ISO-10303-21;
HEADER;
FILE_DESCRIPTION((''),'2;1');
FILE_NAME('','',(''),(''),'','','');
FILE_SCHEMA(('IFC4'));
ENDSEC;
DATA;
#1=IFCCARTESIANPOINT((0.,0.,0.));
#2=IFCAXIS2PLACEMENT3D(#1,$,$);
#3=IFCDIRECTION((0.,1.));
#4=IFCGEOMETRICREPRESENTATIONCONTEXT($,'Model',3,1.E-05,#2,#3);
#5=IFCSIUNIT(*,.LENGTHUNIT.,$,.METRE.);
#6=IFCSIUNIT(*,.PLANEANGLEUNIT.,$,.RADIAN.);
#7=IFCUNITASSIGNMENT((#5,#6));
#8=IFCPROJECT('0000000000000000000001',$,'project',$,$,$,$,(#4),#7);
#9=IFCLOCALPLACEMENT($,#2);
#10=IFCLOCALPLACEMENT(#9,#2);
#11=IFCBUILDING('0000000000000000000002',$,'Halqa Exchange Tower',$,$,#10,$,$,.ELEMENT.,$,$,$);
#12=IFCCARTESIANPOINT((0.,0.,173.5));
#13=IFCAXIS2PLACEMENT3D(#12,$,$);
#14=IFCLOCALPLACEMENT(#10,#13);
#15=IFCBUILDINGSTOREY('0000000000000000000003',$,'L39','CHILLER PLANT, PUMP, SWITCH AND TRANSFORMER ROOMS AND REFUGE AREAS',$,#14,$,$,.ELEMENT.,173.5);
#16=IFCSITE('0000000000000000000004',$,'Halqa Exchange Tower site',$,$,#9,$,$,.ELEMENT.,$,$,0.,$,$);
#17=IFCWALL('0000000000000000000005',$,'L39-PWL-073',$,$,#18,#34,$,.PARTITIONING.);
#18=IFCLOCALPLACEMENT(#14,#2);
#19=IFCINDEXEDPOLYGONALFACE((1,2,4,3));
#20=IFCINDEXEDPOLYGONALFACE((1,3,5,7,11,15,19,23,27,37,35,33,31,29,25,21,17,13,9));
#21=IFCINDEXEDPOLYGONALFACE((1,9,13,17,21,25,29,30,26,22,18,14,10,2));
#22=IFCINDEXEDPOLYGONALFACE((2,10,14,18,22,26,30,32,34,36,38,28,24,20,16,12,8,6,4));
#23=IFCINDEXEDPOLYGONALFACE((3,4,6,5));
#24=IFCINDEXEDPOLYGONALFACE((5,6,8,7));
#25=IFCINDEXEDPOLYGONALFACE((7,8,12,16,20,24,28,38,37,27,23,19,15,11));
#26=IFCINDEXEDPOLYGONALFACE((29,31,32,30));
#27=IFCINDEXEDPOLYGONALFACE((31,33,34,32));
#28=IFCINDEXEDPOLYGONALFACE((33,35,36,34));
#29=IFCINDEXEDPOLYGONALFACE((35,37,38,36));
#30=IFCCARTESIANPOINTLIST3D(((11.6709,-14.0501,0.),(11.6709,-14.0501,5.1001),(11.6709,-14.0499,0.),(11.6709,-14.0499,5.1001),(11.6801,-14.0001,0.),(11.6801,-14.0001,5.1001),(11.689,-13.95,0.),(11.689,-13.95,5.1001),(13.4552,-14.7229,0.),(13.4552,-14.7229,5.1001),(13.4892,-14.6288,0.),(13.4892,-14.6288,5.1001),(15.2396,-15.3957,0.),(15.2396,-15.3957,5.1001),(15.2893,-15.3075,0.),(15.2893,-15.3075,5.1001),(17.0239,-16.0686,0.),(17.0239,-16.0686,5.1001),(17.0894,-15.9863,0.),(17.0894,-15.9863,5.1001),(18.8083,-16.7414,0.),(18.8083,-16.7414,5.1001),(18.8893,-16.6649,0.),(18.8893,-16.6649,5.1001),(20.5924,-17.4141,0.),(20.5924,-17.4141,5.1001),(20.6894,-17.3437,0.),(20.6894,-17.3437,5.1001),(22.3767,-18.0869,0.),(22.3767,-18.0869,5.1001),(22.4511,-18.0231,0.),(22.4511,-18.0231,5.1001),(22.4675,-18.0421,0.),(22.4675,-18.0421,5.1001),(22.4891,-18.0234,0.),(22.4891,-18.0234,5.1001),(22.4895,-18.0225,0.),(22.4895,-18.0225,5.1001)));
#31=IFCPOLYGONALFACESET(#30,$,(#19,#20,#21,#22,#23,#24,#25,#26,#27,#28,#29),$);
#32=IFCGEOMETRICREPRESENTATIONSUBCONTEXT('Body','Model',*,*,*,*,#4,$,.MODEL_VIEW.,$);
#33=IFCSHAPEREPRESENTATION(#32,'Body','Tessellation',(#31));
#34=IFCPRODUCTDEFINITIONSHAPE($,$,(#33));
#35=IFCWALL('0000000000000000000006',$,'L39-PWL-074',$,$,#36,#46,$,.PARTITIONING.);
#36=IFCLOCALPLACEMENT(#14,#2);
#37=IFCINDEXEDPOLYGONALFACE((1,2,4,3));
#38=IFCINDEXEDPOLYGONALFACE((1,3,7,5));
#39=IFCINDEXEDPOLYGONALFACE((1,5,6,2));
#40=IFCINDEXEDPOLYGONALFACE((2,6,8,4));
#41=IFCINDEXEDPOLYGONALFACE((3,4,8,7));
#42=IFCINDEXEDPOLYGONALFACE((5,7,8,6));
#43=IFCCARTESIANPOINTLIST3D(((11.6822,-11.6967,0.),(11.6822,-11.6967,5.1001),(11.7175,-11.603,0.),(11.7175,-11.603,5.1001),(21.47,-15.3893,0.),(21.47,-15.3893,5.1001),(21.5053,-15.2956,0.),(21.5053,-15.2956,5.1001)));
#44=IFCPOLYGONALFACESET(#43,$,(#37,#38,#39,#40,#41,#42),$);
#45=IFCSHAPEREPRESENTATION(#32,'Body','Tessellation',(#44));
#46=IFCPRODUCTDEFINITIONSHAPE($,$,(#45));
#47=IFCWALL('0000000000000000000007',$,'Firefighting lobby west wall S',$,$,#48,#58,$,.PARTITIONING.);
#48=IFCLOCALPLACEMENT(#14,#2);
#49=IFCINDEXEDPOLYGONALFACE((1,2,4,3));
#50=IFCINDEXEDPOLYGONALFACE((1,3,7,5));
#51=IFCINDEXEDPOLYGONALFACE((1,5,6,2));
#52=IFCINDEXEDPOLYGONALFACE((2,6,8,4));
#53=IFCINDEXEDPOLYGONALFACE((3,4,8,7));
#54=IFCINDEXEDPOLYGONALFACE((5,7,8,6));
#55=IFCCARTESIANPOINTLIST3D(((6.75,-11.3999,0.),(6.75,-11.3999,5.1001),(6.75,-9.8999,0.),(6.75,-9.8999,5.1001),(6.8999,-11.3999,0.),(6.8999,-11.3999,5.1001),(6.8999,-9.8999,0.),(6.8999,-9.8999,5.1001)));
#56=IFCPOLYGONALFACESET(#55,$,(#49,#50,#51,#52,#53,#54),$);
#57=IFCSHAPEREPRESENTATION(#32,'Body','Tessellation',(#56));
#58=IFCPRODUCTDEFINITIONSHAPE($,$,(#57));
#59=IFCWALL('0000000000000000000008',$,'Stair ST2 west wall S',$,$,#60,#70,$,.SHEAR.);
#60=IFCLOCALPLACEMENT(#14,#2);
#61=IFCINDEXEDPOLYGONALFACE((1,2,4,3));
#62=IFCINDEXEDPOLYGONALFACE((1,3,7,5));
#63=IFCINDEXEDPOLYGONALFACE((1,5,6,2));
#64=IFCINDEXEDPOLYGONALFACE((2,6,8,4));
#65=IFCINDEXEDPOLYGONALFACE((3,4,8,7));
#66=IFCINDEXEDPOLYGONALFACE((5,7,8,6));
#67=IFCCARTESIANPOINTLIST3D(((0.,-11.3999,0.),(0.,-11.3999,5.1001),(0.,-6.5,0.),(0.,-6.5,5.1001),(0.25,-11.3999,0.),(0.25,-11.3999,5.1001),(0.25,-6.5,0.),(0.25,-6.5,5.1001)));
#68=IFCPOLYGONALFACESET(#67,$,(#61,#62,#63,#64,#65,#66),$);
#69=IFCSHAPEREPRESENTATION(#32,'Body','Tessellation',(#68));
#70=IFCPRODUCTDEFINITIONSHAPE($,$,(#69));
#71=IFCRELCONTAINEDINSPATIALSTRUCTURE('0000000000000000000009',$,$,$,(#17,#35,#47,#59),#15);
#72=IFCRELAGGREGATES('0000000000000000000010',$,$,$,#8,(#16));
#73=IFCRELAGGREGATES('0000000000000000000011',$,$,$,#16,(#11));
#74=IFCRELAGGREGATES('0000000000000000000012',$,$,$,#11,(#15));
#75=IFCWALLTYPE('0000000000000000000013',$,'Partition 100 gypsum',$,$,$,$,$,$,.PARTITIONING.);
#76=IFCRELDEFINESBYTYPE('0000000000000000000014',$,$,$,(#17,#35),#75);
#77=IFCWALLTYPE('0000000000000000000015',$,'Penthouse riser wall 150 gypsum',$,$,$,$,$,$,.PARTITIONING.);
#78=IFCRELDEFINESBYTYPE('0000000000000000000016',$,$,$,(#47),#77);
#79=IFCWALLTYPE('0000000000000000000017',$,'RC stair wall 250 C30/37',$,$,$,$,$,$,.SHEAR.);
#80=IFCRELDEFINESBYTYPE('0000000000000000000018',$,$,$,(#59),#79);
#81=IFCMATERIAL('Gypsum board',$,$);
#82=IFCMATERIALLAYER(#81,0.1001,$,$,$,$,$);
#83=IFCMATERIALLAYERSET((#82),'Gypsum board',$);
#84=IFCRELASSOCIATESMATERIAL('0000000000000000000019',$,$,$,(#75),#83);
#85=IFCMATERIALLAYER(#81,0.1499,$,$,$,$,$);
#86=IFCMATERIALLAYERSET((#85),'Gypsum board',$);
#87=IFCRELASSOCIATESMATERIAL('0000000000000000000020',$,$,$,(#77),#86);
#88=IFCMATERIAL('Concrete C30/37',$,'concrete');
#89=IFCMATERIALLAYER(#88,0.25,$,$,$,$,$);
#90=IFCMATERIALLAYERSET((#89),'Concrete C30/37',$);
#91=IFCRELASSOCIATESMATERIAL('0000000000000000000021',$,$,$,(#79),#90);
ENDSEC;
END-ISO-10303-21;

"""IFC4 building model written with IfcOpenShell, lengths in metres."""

from ifc_helpers import new_model, si_unit, direction, frame, frame_2d, origin, place, context, subcontext, project, spatial, polyline, rectangle, outline, extrude, material, layer, layer_set, type_object, element, save


model = new_model("IFC4")

# Units and contexts
model_context = context("Model", 3, precision=1e-05, world=origin(), true_north=direction((0.0, 1.0)))
body_context = subcontext(model_context, "Body", "Model", "MODEL_VIEW")
ifc_project = project(units=[si_unit("LENGTHUNIT", "METRE"), si_unit("PLANEANGLEUNIT", "RADIAN")], contexts=[model_context])

# Site, building, storey
site_placement = place(None, origin())
site = spatial("IfcSite", under=ifc_project, at=site_placement, Name="Halqa Exchange Tower site", CompositionType="ELEMENT", RefElevation=0.0)
building_placement = place(site_placement, origin())
building = spatial("IfcBuilding", under=site, at=building_placement, Name="Halqa Exchange Tower", CompositionType="ELEMENT")
storey_placement = place(building_placement, frame((0.0, 0.0, 173.5)))
storey = spatial("IfcBuildingStorey", under=building, at=storey_placement, Name="L39", Description="CHILLER PLANT, PUMP, SWITCH AND TRANSFORMER ROOMS AND REFUGE AREAS", CompositionType="ELEMENT", Elevation=173.5)

# Walls
ifc_material_1 = material(Name="Gypsum board")
ifc_layer_1 = layer(ifc_material_1, 0.1001)
ifc_layer_set_1 = layer_set([ifc_layer_1], Name="Gypsum board")
wall_type_1 = type_object("IfcWallType", Name="Partition 100 gypsum", PredefinedType="PARTITIONING", material=ifc_layer_set_1)
wall_1_placement = place(storey_placement, frame((11.6714, -13.9968, 0.0), z_axis=(0.0, 0.0, 1.0), x_axis=(0.935692, -0.352817, 0.0)))
element("IfcWall", 1, at=wall_1_placement, inside=storey, type_object=wall_type_1, Name="L39-PWL-073", PredefinedType="PARTITIONING", context=body_context, shape_type="SweptSolid", body=[
    extrude(outline(polyline([(0.0183, -0.05), (1.9253, -0.05), (3.8323, -0.05), (5.7393, -0.05), (7.6462, -0.05), (9.553, -0.05), (11.46, -0.05), (11.5071, 0.0359), (11.5291, 0.0239), (11.5427, 0.0491), (11.5427, 0.05), (9.6189, 0.05), (7.6951, 0.05), (5.7715, 0.05), (3.8477, 0.05), (1.9238, 0.05), (0.0, 0.05), (0.0093, 0.0), (0.0183, -0.0498), (0.0183, -0.05), (0.0183, -0.05)])), origin(), (0.0, 0.0, 1.0), 5.1001),
])
wall_2_placement = place(storey_placement, frame((11.7, -11.6499, 0.0), z_axis=(0.0, 0.0, 1.0), x_axis=(0.93563, -0.352982, 0.0)))
element("IfcWall", 2, at=wall_2_placement, inside=storey, type_object=wall_type_1, Name="L39-PWL-074", PredefinedType="PARTITIONING", context=body_context, shape_type="SweptSolid", body=[
    extrude(rectangle(XDim=10.4612, YDim=0.1001, at=frame_2d((5.2305, 0.0))), origin(), (0.0, 0.0, 1.0), 5.1001),
])
ifc_layer_2 = layer(ifc_material_1, 0.1499)
ifc_layer_set_2 = layer_set([ifc_layer_2], Name="Gypsum board")
wall_type_2 = type_object("IfcWallType", Name="Penthouse riser wall 150 gypsum", PredefinedType="PARTITIONING", material=ifc_layer_set_2)
wall_3_placement = place(storey_placement, frame((6.825, -11.3999, 0.0), z_axis=(0.0, 0.0, 1.0), x_axis=(0.0, 1.0, 0.0)))
element("IfcWall", 3, at=wall_3_placement, inside=storey, type_object=wall_type_2, Name="Firefighting lobby west wall S", PredefinedType="PARTITIONING", context=body_context, shape_type="SweptSolid", body=[
    extrude(rectangle(XDim=1.5, YDim=0.1499, at=frame_2d((0.75, 0.0))), origin(), (0.0, 0.0, 1.0), 5.1001),
])
ifc_material_2 = material(Name="Concrete C30/37", Category="concrete")
ifc_layer_3 = layer(ifc_material_2, 0.25)
ifc_layer_set_3 = layer_set([ifc_layer_3], Name="Concrete C30/37")
wall_type_3 = type_object("IfcWallType", Name="RC stair wall 250 C30/37", PredefinedType="SHEAR", material=ifc_layer_set_3)
wall_4_placement = place(storey_placement, frame((0.125, -11.3999, 0.0), z_axis=(0.0, 0.0, 1.0), x_axis=(0.0, 1.0, 0.0)))
element("IfcWall", 4, at=wall_4_placement, inside=storey, type_object=wall_type_3, Name="Stair ST2 west wall S", PredefinedType="SHEAR", context=body_context, shape_type="SweptSolid", body=[
    extrude(rectangle(XDim=4.8999, YDim=0.25, at=frame_2d((2.45, 0.0))), origin(), (0.0, 0.0, 1.0), 5.1001),
])

save(model, "model.ifc")
